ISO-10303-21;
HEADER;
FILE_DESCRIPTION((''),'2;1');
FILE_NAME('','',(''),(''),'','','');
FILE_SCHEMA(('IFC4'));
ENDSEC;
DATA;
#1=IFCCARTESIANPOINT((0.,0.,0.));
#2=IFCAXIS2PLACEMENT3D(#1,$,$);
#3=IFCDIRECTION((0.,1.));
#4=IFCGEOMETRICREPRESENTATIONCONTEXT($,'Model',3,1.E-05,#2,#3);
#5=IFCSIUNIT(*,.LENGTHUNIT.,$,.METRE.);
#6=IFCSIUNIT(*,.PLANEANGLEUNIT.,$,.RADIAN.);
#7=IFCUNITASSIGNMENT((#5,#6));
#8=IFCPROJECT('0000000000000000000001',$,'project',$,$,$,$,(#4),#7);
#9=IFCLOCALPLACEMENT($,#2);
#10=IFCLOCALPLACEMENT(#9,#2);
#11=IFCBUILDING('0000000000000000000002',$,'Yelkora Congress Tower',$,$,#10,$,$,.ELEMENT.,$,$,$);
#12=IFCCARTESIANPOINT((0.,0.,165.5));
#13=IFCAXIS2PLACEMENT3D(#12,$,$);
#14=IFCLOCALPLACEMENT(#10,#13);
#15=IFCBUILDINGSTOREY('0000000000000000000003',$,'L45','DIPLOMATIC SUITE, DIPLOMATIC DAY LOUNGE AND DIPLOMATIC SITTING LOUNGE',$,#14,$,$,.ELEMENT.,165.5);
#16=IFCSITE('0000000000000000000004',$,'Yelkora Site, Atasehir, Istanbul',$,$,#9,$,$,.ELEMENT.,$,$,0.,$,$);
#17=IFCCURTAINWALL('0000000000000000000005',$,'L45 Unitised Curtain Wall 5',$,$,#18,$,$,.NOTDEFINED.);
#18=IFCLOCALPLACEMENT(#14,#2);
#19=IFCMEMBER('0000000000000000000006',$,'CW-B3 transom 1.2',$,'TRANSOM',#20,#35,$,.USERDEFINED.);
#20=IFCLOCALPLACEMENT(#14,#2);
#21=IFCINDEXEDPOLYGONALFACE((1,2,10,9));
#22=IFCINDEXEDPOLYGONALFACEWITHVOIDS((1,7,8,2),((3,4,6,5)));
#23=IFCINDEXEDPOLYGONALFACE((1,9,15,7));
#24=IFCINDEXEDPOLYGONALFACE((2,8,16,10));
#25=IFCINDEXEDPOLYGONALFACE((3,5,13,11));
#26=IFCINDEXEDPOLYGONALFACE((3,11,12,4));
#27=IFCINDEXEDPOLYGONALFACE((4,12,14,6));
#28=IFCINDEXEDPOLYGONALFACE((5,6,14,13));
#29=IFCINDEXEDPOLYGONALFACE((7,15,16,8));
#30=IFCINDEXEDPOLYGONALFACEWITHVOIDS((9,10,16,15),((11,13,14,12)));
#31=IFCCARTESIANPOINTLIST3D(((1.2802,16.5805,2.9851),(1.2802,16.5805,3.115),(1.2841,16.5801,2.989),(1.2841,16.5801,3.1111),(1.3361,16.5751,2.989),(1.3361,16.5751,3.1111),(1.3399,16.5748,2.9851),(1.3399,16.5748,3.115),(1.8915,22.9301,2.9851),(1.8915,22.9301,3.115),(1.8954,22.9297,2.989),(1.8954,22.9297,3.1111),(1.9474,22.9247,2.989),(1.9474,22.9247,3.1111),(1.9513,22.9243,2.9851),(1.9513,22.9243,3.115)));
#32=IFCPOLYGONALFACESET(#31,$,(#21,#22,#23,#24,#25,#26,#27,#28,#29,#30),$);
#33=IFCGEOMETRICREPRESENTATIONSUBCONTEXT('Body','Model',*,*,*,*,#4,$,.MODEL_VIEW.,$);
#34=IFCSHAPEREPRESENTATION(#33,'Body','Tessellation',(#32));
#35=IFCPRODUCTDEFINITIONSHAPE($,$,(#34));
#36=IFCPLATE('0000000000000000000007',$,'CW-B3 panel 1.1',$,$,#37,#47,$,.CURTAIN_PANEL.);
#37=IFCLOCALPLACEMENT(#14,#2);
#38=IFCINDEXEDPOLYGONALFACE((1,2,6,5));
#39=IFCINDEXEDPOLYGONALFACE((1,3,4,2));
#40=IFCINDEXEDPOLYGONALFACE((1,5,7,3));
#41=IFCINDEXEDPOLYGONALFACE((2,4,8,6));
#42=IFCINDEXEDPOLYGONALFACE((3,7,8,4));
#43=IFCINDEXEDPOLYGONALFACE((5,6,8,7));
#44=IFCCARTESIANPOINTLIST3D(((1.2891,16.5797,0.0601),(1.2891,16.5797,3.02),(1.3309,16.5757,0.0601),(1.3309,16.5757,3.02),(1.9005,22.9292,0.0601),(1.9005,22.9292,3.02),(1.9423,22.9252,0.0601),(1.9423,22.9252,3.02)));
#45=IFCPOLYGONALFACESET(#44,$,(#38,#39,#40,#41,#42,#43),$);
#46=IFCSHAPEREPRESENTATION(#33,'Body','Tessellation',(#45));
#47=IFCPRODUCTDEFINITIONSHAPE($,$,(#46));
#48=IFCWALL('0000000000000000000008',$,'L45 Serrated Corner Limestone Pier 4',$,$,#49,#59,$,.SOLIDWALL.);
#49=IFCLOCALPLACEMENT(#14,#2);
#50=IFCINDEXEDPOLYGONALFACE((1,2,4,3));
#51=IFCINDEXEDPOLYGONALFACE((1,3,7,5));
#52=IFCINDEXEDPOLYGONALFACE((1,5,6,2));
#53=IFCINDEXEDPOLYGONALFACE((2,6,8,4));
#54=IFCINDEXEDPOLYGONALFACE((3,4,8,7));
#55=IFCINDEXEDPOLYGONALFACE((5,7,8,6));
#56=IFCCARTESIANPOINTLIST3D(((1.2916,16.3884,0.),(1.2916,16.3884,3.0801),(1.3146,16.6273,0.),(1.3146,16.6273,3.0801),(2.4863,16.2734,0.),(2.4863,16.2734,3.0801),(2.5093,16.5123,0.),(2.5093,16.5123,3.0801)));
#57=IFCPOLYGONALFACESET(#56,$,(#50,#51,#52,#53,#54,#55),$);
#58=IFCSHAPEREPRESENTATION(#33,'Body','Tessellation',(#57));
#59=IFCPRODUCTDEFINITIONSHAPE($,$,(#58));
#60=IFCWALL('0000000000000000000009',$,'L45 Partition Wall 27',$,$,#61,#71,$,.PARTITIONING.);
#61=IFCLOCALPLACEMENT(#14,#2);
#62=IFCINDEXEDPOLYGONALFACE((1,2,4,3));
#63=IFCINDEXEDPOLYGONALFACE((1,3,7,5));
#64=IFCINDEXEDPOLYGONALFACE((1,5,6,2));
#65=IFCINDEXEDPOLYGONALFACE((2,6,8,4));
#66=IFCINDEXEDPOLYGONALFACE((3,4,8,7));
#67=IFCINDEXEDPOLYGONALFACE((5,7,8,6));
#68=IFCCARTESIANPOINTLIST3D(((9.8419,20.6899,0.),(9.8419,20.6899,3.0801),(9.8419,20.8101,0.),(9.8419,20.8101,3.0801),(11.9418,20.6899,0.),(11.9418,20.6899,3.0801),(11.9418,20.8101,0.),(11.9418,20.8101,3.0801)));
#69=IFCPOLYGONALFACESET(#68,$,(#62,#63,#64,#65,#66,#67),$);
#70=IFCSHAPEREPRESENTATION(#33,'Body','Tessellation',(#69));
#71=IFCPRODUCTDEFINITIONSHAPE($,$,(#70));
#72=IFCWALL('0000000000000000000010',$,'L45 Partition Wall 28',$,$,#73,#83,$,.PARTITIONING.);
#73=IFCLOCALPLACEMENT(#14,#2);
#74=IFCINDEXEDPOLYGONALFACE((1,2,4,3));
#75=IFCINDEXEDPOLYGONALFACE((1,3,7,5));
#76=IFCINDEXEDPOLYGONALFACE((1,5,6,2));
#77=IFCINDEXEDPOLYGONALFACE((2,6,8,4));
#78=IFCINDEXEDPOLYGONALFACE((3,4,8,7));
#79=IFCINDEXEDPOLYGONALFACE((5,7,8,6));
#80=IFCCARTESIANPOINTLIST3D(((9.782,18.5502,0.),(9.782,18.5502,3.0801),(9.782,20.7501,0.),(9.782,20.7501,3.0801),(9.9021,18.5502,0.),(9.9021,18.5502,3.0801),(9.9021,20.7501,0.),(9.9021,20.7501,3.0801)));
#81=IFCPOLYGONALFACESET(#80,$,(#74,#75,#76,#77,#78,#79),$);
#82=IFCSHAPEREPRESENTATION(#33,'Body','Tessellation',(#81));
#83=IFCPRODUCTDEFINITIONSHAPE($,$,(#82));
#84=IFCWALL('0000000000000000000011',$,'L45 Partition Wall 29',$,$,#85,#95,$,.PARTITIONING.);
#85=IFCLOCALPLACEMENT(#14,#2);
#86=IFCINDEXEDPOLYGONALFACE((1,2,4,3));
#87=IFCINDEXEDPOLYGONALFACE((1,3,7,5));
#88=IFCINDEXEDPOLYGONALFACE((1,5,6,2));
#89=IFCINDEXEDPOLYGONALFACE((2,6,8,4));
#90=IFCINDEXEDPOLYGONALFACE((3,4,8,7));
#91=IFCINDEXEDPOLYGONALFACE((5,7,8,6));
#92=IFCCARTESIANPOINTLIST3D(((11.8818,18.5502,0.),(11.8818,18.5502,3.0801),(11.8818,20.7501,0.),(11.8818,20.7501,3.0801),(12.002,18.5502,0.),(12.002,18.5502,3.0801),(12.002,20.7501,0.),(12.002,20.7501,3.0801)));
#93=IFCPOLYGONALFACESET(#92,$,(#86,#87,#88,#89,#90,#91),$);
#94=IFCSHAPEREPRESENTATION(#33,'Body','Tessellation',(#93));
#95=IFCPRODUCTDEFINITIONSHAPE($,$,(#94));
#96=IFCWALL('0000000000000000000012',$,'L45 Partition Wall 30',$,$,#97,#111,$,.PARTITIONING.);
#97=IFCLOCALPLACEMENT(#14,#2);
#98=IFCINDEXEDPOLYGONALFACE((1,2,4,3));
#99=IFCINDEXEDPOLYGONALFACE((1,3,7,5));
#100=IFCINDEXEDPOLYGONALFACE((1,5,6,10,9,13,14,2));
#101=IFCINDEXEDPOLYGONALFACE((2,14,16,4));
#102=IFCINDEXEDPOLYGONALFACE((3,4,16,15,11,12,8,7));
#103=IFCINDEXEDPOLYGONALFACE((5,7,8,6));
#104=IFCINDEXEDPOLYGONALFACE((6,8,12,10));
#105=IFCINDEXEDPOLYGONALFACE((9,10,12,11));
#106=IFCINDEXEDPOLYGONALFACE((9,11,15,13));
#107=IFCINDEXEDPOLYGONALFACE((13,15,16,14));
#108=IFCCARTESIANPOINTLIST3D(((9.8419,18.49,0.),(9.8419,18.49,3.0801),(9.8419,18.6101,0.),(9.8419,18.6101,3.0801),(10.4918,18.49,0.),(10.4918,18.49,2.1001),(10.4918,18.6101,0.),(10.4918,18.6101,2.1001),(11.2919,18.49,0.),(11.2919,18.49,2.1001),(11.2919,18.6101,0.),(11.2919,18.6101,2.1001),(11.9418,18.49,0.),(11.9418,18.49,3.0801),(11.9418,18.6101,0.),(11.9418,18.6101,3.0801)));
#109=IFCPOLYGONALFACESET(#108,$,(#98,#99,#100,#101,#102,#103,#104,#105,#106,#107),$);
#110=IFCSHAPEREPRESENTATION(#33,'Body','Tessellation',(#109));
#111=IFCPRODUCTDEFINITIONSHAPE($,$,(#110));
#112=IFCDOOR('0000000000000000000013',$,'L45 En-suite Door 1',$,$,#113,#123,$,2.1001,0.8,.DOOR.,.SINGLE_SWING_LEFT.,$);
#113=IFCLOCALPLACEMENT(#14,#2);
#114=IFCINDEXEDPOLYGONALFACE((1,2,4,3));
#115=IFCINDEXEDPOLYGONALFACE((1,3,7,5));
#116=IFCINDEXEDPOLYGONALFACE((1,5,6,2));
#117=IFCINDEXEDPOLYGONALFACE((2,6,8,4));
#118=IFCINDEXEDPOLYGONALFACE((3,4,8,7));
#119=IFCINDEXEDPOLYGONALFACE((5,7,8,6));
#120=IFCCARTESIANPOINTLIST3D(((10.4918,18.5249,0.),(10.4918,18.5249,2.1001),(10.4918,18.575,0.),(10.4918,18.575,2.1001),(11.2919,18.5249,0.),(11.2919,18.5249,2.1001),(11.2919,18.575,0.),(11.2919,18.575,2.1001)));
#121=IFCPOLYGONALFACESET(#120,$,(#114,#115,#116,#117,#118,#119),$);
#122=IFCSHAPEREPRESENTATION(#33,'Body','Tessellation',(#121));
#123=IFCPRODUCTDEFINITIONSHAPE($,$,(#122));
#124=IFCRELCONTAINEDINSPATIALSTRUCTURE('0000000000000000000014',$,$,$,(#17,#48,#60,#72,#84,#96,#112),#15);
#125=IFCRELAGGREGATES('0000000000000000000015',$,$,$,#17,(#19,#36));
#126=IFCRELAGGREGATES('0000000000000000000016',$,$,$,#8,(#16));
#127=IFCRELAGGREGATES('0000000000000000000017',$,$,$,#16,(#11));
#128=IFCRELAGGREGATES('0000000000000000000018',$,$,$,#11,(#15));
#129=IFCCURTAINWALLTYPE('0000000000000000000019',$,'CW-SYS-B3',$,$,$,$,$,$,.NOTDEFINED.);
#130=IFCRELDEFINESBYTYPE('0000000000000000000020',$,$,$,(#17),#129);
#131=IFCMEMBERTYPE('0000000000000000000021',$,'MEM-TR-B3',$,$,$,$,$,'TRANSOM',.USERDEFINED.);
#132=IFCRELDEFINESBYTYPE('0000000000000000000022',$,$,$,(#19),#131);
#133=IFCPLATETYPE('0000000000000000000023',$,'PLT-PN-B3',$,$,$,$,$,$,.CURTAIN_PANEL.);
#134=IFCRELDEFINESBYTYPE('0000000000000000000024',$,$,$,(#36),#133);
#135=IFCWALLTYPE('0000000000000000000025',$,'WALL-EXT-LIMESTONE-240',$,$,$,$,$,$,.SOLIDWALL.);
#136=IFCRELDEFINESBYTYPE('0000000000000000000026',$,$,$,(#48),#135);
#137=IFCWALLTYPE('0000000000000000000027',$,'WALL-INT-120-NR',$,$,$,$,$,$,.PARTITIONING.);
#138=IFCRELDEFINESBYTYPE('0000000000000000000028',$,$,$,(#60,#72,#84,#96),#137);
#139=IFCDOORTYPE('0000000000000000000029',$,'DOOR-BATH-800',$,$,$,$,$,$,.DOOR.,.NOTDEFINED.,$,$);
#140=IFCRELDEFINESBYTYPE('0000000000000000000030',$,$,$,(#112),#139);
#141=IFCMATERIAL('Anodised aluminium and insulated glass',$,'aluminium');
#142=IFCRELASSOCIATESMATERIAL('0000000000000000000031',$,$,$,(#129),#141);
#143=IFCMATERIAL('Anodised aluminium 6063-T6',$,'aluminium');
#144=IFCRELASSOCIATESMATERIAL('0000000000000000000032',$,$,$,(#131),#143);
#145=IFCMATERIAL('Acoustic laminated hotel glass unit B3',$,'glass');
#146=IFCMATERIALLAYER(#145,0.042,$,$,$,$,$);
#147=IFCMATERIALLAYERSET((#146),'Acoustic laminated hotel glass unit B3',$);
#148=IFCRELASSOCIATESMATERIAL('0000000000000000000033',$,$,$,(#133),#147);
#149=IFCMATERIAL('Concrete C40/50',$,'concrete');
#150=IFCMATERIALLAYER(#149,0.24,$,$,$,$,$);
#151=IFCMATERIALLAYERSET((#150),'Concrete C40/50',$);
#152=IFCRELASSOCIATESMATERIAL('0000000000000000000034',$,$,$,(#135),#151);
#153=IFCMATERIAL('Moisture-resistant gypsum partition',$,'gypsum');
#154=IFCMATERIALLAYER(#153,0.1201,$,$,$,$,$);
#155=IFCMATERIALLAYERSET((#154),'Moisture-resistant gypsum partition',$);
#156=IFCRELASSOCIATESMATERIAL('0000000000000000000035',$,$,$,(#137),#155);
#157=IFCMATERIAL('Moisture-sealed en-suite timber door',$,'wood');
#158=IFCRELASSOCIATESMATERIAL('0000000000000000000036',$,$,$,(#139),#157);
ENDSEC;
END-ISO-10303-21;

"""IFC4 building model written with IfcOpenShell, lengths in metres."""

from ifc_helpers import new_model, si_unit, direction, frame, frame_2d, origin, origin_2d, place, context, subcontext, project, spatial, rectangle, hollow_rectangle, extrude, material, layer, layer_set, material_profile, profile_set, type_object, element, fill, aggregate, save


model = new_model("IFC4")

# Units and contexts
model_context = context("Model", 3, precision=1e-05, world=origin(), true_north=direction((0.0, 1.0)))
body_context = subcontext(model_context, "Body", "Model", "MODEL_VIEW")
ifc_project = project(units=[si_unit("LENGTHUNIT", "METRE"), si_unit("PLANEANGLEUNIT", "RADIAN")], contexts=[model_context])

# Site, building, storey
site_placement = place(None, origin())
site = spatial("IfcSite", under=ifc_project, at=site_placement, Name="Yelkora Site, Atasehir, Istanbul", CompositionType="ELEMENT", RefElevation=0.0)
building_placement = place(site_placement, origin())
building = spatial("IfcBuilding", under=site, at=building_placement, Name="Yelkora Congress Tower", CompositionType="ELEMENT")
storey_placement = place(building_placement, frame((0.0, 0.0, 165.5)))
storey = spatial("IfcBuildingStorey", under=building, at=storey_placement, Name="L45", Description="DIPLOMATIC SUITE, DIPLOMATIC DAY LOUNGE AND DIPLOMATIC SITTING LOUNGE", CompositionType="ELEMENT", Elevation=165.5)

# Curtain wall, member, plate
ifc_material_1 = material(Name="Anodised aluminium and insulated glass", Category="aluminium")
curtain_wall_type = type_object("IfcCurtainWallType", Name="CW-SYS-B3", PredefinedType="NOTDEFINED", material=ifc_material_1)
curtain_wall_placement = place(storey_placement, origin())
curtain_wall = element("IfcCurtainWall", 1, at=curtain_wall_placement, inside=storey, type_object=curtain_wall_type, Name="L45 Unitised Curtain Wall 5", PredefinedType="NOTDEFINED")
ifc_material_2 = material(Name="Anodised aluminium 6063-T6", Category="aluminium")
ifc_material_profile_1 = material_profile(ifc_material_2, hollow_rectangle(XDim=0.0601, YDim=0.1299, WallThickness=0.0039, at=origin_2d()), Name="ALU 60x130x4")
ifc_profile_set_1 = profile_set([ifc_material_profile_1], Name="Anodised aluminium 6063-T6")
member_type_1 = type_object("IfcMemberType", Name="MEM-TR-B3", ElementType="TRANSOM", PredefinedType="USERDEFINED", material=ifc_profile_set_1)
member_1_placement = place(storey_placement, frame((1.3101, 16.5776, 3.05), z_axis=(0.095835, 0.995397, 0.0), x_axis=(-0.995397, 0.095835, 0.0)))
member_1 = element("IfcMember", 2, at=member_1_placement, type_object=member_type_1, Name="CW-B3 transom 1.2", ObjectType="TRANSOM", PredefinedType="USERDEFINED", context=body_context, shape_type="SweptSolid", body=[
    extrude(hollow_rectangle(XDim=0.0601, YDim=0.1299, WallThickness=0.0039, at=origin_2d()), origin(), (0.0, 0.0, 1.0), 6.3789),
])
ifc_material_3 = material(Name="Acoustic laminated hotel glass unit B3", Category="glass")
ifc_layer_1 = layer(ifc_material_3, 0.042)
ifc_layer_set_1 = layer_set([ifc_layer_1], Name="Acoustic laminated hotel glass unit B3")
plate_type = type_object("IfcPlateType", Name="PLT-PN-B3", PredefinedType="CURTAIN_PANEL", material=ifc_layer_set_1)
plate_placement = place(storey_placement, frame((1.6157, 19.7524, 0.0601), z_axis=(0.0, 0.0, 1.0), x_axis=(0.095845, 0.995396, 0.0)))
plate = element("IfcPlate", 3, at=plate_placement, type_object=plate_type, Name="CW-B3 panel 1.1", PredefinedType="CURTAIN_PANEL", context=body_context, shape_type="SweptSolid", body=[
    extrude(rectangle(XDim=6.3789, YDim=0.042, at=origin_2d()), origin(), (0.0, 0.0, 1.0), 2.96),
])
aggregate(curtain_wall, [member_1, plate])

# Walls
ifc_material_4 = material(Name="Concrete C40/50", Category="concrete")
ifc_layer_2 = layer(ifc_material_4, 0.24)
ifc_layer_set_2 = layer_set([ifc_layer_2], Name="Concrete C40/50")
wall_type_1 = type_object("IfcWallType", Name="WALL-EXT-LIMESTONE-240", PredefinedType="SOLIDWALL", material=ifc_layer_set_2)
wall_1_placement = place(storey_placement, frame((2.4978, 16.3928, 0.0), z_axis=(0.0, 0.0, 1.0), x_axis=(-0.995399, 0.095817, 0.0)))
element("IfcWall", 4, at=wall_1_placement, inside=storey, type_object=wall_type_1, Name="L45 Serrated Corner Limestone Pier 4", PredefinedType="SOLIDWALL", context=body_context, shape_type="SweptSolid", body=[
    extrude(rectangle(XDim=1.2002, YDim=0.24, at=frame_2d((0.6001, 0.0))), origin(), (0.0, 0.0, 1.0), 3.0801),
])
ifc_material_5 = material(Name="Moisture-resistant gypsum partition", Category="gypsum")
ifc_layer_3 = layer(ifc_material_5, 0.1201)
ifc_layer_set_3 = layer_set([ifc_layer_3], Name="Moisture-resistant gypsum partition")
wall_type_2 = type_object("IfcWallType", Name="WALL-INT-120-NR", PredefinedType="PARTITIONING", material=ifc_layer_set_3)
wall_2_placement = place(storey_placement, frame((9.842, 20.75, 0.0), z_axis=(0.0, 0.0, 1.0), x_axis=(1.0, 0.0, 0.0)))
element("IfcWall", 5, at=wall_2_placement, inside=storey, type_object=wall_type_2, Name="L45 Partition Wall 27", PredefinedType="PARTITIONING", context=body_context, shape_type="SweptSolid", body=[
    extrude(rectangle(XDim=2.0999, YDim=0.1201, at=frame_2d((1.0498, 0.0))), origin(), (0.0, 0.0, 1.0), 3.0801),
])
for number, where, z_axis, x_axis, name in (
    (6, (9.842, 18.55, 0.0), (0.0, 0.0, 1.0), (0.0, 1.0, 0.0), "L45 Partition Wall 28"),
    (7, (11.9419, 18.55, 0.0), (0.0, 0.0, 1.0), (0.0, 1.0, 0.0), "L45 Partition Wall 29"),
):
    element("IfcWall", number, at=place(storey_placement, frame(where, z_axis=z_axis, x_axis=x_axis)), inside=storey, type_object=wall_type_2, Name=name, PredefinedType="PARTITIONING", context=body_context, shape_type="SweptSolid", body=[
        extrude(rectangle(XDim=2.2, YDim=0.1201, at=frame_2d((1.1001, 0.0))), origin(), (0.0, 0.0, 1.0), 3.0801),
    ])

# Wall, opening, door
wall_3_placement = place(storey_placement, frame((9.842, 18.55, 0.0), z_axis=(0.0, 0.0, 1.0), x_axis=(1.0, 0.0, 0.0)))
wall_3 = element("IfcWall", 8, at=wall_3_placement, inside=storey, type_object=wall_type_2, Name="L45 Partition Wall 30", PredefinedType="PARTITIONING", context=body_context, shape_type="SweptSolid", body=[
    extrude(rectangle(XDim=2.0999, YDim=0.1201, at=frame_2d((1.0498, 0.0))), origin(), (0.0, 0.0, 1.0), 3.0801),
])
opening_placement = place(wall_3_placement, frame((0.6499, 0.0, 0.0)))
opening = element("IfcOpeningElement", 9, at=opening_placement, cuts=wall_3, PredefinedType="OPENING", context=body_context, shape_type="SweptSolid", body=[
    extrude(rectangle(XDim=0.8, YDim=2.1001, at=frame_2d((0.3999, 1.05))), frame((0.0, 0.0701, 0.0), z_axis=(0.0, -1.0, 0.0), x_axis=(1.0, 0.0, 0.0)), (0.0, 0.0, 1.0), 0.1401),
])
ifc_material_6 = material(Name="Moisture-sealed en-suite timber door", Category="wood")
door_type = type_object("IfcDoorType", Name="DOOR-BATH-800", OperationType="NOTDEFINED", PredefinedType="DOOR", material=ifc_material_6)
door_placement = place(opening_placement, origin())
door = element("IfcDoor", 10, at=door_placement, inside=storey, type_object=door_type, Name="L45 En-suite Door 1", OperationType="SINGLE_SWING_LEFT", OverallHeight=2.1001, OverallWidth=0.8, PredefinedType="DOOR", context=body_context, shape_type="SweptSolid", body=[
    extrude(rectangle(XDim=0.8, YDim=2.1001, at=frame_2d((0.3999, 1.05))), frame((0.0, 0.0249, 0.0), z_axis=(0.0, -1.0, 0.0), x_axis=(1.0, 0.0, 0.0)), (0.0, 0.0, 1.0), 0.05),
])
fill(opening, door)

save(model, "model.ifc")
